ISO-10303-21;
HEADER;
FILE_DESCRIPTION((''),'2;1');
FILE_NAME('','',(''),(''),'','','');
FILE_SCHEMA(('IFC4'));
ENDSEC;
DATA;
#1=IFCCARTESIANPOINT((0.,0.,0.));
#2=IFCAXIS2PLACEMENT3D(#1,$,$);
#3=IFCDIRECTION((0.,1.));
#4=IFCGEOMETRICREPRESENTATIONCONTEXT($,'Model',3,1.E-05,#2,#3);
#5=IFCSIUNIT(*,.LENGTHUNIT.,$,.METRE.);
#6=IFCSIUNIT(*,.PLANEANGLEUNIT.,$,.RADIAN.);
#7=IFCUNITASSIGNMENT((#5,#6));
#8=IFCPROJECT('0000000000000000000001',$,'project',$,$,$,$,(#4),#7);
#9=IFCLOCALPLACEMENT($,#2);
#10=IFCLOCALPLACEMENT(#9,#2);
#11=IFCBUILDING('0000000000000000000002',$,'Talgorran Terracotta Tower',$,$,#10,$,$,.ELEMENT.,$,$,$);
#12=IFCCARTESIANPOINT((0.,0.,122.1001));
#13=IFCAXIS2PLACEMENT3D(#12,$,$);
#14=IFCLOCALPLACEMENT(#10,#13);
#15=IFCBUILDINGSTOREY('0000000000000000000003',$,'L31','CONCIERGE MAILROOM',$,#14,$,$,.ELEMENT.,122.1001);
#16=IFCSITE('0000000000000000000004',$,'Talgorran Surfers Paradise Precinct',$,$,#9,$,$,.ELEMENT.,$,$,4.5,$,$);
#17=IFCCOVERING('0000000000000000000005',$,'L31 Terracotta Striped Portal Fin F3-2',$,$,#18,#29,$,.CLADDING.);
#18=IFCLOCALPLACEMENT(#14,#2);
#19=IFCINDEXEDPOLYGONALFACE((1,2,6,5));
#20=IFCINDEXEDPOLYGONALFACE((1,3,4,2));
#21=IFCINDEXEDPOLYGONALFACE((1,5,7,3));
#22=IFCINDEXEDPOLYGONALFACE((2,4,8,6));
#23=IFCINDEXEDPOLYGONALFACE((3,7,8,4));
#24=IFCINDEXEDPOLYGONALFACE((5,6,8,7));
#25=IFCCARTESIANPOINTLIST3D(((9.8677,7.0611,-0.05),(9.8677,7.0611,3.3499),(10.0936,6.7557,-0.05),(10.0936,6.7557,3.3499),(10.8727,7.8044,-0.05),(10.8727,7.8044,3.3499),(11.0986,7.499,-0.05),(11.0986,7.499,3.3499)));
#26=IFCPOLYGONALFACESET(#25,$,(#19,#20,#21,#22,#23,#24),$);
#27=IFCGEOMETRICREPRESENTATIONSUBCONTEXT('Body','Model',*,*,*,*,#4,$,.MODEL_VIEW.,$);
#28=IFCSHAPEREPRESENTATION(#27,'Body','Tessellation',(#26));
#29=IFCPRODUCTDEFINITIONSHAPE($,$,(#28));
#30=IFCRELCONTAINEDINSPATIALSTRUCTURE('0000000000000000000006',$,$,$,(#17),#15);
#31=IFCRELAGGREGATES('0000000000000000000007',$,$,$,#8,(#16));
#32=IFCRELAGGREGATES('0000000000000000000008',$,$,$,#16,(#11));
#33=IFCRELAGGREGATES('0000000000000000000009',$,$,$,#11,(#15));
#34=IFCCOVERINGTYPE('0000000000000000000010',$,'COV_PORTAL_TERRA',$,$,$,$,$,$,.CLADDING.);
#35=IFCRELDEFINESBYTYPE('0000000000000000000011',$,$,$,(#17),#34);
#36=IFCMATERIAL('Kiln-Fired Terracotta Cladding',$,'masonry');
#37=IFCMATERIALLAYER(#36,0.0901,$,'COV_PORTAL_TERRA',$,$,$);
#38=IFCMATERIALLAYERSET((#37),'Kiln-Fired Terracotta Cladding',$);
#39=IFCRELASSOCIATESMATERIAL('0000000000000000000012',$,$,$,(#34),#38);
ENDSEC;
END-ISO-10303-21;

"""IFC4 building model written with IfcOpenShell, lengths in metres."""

from ifc_helpers import new_model, si_unit, direction, frame, origin, origin_2d, place, context, subcontext, project, spatial, rectangle, extrude, material, layer, layer_set, type_object, element, save


model = new_model("IFC4")

# Units and contexts
model_context = context("Model", 3, precision=1e-05, world=origin(), true_north=direction((0.0, 1.0)))
body_context = subcontext(model_context, "Body", "Model", "MODEL_VIEW")
ifc_project = project(units=[si_unit("LENGTHUNIT", "METRE"), si_unit("PLANEANGLEUNIT", "RADIAN")], contexts=[model_context])

# Site, building, storey
site_placement = place(None, origin())
site = spatial("IfcSite", under=ifc_project, at=site_placement, Name="Talgorran Surfers Paradise Precinct", CompositionType="ELEMENT", RefElevation=4.5)
building_placement = place(site_placement, origin())
building = spatial("IfcBuilding", under=site, at=building_placement, Name="Talgorran Terracotta Tower", CompositionType="ELEMENT")
storey_placement = place(building_placement, frame((0.0, 0.0, 122.1001)))
storey = spatial("IfcBuildingStorey", under=building, at=storey_placement, Name="L31", Description="CONCIERGE MAILROOM", CompositionType="ELEMENT", Elevation=122.1001)

# Covering
ifc_material_1 = material(Name="Kiln-Fired Terracotta Cladding", Category="masonry")
ifc_layer_1 = layer(ifc_material_1, 0.0901, Name="COV_PORTAL_TERRA")
ifc_layer_set_1 = layer_set([ifc_layer_1], Name="Kiln-Fired Terracotta Cladding")
covering_type_1 = type_object("IfcCoveringType", Name="COV_PORTAL_TERRA", PredefinedType="CLADDING", material=ifc_layer_set_1)
covering_1_placement = place(storey_placement, frame((10.4832, 7.28, -0.05), z_axis=(0.0, 0.0, 1.0), x_axis=(-0.59464, 0.803992, 0.0)))
element("IfcCovering", 1, at=covering_1_placement, inside=storey, type_object=covering_type_1, Name="L31 Terracotta Striped Portal Fin F3-2", PredefinedType="CLADDING", context=body_context, shape_type="SweptSolid", body=[
    extrude(rectangle(XDim=0.3799, YDim=1.25, at=origin_2d()), origin(), (0.0, 0.0, 1.0), 3.3999),
])

save(model, "model.ifc")
